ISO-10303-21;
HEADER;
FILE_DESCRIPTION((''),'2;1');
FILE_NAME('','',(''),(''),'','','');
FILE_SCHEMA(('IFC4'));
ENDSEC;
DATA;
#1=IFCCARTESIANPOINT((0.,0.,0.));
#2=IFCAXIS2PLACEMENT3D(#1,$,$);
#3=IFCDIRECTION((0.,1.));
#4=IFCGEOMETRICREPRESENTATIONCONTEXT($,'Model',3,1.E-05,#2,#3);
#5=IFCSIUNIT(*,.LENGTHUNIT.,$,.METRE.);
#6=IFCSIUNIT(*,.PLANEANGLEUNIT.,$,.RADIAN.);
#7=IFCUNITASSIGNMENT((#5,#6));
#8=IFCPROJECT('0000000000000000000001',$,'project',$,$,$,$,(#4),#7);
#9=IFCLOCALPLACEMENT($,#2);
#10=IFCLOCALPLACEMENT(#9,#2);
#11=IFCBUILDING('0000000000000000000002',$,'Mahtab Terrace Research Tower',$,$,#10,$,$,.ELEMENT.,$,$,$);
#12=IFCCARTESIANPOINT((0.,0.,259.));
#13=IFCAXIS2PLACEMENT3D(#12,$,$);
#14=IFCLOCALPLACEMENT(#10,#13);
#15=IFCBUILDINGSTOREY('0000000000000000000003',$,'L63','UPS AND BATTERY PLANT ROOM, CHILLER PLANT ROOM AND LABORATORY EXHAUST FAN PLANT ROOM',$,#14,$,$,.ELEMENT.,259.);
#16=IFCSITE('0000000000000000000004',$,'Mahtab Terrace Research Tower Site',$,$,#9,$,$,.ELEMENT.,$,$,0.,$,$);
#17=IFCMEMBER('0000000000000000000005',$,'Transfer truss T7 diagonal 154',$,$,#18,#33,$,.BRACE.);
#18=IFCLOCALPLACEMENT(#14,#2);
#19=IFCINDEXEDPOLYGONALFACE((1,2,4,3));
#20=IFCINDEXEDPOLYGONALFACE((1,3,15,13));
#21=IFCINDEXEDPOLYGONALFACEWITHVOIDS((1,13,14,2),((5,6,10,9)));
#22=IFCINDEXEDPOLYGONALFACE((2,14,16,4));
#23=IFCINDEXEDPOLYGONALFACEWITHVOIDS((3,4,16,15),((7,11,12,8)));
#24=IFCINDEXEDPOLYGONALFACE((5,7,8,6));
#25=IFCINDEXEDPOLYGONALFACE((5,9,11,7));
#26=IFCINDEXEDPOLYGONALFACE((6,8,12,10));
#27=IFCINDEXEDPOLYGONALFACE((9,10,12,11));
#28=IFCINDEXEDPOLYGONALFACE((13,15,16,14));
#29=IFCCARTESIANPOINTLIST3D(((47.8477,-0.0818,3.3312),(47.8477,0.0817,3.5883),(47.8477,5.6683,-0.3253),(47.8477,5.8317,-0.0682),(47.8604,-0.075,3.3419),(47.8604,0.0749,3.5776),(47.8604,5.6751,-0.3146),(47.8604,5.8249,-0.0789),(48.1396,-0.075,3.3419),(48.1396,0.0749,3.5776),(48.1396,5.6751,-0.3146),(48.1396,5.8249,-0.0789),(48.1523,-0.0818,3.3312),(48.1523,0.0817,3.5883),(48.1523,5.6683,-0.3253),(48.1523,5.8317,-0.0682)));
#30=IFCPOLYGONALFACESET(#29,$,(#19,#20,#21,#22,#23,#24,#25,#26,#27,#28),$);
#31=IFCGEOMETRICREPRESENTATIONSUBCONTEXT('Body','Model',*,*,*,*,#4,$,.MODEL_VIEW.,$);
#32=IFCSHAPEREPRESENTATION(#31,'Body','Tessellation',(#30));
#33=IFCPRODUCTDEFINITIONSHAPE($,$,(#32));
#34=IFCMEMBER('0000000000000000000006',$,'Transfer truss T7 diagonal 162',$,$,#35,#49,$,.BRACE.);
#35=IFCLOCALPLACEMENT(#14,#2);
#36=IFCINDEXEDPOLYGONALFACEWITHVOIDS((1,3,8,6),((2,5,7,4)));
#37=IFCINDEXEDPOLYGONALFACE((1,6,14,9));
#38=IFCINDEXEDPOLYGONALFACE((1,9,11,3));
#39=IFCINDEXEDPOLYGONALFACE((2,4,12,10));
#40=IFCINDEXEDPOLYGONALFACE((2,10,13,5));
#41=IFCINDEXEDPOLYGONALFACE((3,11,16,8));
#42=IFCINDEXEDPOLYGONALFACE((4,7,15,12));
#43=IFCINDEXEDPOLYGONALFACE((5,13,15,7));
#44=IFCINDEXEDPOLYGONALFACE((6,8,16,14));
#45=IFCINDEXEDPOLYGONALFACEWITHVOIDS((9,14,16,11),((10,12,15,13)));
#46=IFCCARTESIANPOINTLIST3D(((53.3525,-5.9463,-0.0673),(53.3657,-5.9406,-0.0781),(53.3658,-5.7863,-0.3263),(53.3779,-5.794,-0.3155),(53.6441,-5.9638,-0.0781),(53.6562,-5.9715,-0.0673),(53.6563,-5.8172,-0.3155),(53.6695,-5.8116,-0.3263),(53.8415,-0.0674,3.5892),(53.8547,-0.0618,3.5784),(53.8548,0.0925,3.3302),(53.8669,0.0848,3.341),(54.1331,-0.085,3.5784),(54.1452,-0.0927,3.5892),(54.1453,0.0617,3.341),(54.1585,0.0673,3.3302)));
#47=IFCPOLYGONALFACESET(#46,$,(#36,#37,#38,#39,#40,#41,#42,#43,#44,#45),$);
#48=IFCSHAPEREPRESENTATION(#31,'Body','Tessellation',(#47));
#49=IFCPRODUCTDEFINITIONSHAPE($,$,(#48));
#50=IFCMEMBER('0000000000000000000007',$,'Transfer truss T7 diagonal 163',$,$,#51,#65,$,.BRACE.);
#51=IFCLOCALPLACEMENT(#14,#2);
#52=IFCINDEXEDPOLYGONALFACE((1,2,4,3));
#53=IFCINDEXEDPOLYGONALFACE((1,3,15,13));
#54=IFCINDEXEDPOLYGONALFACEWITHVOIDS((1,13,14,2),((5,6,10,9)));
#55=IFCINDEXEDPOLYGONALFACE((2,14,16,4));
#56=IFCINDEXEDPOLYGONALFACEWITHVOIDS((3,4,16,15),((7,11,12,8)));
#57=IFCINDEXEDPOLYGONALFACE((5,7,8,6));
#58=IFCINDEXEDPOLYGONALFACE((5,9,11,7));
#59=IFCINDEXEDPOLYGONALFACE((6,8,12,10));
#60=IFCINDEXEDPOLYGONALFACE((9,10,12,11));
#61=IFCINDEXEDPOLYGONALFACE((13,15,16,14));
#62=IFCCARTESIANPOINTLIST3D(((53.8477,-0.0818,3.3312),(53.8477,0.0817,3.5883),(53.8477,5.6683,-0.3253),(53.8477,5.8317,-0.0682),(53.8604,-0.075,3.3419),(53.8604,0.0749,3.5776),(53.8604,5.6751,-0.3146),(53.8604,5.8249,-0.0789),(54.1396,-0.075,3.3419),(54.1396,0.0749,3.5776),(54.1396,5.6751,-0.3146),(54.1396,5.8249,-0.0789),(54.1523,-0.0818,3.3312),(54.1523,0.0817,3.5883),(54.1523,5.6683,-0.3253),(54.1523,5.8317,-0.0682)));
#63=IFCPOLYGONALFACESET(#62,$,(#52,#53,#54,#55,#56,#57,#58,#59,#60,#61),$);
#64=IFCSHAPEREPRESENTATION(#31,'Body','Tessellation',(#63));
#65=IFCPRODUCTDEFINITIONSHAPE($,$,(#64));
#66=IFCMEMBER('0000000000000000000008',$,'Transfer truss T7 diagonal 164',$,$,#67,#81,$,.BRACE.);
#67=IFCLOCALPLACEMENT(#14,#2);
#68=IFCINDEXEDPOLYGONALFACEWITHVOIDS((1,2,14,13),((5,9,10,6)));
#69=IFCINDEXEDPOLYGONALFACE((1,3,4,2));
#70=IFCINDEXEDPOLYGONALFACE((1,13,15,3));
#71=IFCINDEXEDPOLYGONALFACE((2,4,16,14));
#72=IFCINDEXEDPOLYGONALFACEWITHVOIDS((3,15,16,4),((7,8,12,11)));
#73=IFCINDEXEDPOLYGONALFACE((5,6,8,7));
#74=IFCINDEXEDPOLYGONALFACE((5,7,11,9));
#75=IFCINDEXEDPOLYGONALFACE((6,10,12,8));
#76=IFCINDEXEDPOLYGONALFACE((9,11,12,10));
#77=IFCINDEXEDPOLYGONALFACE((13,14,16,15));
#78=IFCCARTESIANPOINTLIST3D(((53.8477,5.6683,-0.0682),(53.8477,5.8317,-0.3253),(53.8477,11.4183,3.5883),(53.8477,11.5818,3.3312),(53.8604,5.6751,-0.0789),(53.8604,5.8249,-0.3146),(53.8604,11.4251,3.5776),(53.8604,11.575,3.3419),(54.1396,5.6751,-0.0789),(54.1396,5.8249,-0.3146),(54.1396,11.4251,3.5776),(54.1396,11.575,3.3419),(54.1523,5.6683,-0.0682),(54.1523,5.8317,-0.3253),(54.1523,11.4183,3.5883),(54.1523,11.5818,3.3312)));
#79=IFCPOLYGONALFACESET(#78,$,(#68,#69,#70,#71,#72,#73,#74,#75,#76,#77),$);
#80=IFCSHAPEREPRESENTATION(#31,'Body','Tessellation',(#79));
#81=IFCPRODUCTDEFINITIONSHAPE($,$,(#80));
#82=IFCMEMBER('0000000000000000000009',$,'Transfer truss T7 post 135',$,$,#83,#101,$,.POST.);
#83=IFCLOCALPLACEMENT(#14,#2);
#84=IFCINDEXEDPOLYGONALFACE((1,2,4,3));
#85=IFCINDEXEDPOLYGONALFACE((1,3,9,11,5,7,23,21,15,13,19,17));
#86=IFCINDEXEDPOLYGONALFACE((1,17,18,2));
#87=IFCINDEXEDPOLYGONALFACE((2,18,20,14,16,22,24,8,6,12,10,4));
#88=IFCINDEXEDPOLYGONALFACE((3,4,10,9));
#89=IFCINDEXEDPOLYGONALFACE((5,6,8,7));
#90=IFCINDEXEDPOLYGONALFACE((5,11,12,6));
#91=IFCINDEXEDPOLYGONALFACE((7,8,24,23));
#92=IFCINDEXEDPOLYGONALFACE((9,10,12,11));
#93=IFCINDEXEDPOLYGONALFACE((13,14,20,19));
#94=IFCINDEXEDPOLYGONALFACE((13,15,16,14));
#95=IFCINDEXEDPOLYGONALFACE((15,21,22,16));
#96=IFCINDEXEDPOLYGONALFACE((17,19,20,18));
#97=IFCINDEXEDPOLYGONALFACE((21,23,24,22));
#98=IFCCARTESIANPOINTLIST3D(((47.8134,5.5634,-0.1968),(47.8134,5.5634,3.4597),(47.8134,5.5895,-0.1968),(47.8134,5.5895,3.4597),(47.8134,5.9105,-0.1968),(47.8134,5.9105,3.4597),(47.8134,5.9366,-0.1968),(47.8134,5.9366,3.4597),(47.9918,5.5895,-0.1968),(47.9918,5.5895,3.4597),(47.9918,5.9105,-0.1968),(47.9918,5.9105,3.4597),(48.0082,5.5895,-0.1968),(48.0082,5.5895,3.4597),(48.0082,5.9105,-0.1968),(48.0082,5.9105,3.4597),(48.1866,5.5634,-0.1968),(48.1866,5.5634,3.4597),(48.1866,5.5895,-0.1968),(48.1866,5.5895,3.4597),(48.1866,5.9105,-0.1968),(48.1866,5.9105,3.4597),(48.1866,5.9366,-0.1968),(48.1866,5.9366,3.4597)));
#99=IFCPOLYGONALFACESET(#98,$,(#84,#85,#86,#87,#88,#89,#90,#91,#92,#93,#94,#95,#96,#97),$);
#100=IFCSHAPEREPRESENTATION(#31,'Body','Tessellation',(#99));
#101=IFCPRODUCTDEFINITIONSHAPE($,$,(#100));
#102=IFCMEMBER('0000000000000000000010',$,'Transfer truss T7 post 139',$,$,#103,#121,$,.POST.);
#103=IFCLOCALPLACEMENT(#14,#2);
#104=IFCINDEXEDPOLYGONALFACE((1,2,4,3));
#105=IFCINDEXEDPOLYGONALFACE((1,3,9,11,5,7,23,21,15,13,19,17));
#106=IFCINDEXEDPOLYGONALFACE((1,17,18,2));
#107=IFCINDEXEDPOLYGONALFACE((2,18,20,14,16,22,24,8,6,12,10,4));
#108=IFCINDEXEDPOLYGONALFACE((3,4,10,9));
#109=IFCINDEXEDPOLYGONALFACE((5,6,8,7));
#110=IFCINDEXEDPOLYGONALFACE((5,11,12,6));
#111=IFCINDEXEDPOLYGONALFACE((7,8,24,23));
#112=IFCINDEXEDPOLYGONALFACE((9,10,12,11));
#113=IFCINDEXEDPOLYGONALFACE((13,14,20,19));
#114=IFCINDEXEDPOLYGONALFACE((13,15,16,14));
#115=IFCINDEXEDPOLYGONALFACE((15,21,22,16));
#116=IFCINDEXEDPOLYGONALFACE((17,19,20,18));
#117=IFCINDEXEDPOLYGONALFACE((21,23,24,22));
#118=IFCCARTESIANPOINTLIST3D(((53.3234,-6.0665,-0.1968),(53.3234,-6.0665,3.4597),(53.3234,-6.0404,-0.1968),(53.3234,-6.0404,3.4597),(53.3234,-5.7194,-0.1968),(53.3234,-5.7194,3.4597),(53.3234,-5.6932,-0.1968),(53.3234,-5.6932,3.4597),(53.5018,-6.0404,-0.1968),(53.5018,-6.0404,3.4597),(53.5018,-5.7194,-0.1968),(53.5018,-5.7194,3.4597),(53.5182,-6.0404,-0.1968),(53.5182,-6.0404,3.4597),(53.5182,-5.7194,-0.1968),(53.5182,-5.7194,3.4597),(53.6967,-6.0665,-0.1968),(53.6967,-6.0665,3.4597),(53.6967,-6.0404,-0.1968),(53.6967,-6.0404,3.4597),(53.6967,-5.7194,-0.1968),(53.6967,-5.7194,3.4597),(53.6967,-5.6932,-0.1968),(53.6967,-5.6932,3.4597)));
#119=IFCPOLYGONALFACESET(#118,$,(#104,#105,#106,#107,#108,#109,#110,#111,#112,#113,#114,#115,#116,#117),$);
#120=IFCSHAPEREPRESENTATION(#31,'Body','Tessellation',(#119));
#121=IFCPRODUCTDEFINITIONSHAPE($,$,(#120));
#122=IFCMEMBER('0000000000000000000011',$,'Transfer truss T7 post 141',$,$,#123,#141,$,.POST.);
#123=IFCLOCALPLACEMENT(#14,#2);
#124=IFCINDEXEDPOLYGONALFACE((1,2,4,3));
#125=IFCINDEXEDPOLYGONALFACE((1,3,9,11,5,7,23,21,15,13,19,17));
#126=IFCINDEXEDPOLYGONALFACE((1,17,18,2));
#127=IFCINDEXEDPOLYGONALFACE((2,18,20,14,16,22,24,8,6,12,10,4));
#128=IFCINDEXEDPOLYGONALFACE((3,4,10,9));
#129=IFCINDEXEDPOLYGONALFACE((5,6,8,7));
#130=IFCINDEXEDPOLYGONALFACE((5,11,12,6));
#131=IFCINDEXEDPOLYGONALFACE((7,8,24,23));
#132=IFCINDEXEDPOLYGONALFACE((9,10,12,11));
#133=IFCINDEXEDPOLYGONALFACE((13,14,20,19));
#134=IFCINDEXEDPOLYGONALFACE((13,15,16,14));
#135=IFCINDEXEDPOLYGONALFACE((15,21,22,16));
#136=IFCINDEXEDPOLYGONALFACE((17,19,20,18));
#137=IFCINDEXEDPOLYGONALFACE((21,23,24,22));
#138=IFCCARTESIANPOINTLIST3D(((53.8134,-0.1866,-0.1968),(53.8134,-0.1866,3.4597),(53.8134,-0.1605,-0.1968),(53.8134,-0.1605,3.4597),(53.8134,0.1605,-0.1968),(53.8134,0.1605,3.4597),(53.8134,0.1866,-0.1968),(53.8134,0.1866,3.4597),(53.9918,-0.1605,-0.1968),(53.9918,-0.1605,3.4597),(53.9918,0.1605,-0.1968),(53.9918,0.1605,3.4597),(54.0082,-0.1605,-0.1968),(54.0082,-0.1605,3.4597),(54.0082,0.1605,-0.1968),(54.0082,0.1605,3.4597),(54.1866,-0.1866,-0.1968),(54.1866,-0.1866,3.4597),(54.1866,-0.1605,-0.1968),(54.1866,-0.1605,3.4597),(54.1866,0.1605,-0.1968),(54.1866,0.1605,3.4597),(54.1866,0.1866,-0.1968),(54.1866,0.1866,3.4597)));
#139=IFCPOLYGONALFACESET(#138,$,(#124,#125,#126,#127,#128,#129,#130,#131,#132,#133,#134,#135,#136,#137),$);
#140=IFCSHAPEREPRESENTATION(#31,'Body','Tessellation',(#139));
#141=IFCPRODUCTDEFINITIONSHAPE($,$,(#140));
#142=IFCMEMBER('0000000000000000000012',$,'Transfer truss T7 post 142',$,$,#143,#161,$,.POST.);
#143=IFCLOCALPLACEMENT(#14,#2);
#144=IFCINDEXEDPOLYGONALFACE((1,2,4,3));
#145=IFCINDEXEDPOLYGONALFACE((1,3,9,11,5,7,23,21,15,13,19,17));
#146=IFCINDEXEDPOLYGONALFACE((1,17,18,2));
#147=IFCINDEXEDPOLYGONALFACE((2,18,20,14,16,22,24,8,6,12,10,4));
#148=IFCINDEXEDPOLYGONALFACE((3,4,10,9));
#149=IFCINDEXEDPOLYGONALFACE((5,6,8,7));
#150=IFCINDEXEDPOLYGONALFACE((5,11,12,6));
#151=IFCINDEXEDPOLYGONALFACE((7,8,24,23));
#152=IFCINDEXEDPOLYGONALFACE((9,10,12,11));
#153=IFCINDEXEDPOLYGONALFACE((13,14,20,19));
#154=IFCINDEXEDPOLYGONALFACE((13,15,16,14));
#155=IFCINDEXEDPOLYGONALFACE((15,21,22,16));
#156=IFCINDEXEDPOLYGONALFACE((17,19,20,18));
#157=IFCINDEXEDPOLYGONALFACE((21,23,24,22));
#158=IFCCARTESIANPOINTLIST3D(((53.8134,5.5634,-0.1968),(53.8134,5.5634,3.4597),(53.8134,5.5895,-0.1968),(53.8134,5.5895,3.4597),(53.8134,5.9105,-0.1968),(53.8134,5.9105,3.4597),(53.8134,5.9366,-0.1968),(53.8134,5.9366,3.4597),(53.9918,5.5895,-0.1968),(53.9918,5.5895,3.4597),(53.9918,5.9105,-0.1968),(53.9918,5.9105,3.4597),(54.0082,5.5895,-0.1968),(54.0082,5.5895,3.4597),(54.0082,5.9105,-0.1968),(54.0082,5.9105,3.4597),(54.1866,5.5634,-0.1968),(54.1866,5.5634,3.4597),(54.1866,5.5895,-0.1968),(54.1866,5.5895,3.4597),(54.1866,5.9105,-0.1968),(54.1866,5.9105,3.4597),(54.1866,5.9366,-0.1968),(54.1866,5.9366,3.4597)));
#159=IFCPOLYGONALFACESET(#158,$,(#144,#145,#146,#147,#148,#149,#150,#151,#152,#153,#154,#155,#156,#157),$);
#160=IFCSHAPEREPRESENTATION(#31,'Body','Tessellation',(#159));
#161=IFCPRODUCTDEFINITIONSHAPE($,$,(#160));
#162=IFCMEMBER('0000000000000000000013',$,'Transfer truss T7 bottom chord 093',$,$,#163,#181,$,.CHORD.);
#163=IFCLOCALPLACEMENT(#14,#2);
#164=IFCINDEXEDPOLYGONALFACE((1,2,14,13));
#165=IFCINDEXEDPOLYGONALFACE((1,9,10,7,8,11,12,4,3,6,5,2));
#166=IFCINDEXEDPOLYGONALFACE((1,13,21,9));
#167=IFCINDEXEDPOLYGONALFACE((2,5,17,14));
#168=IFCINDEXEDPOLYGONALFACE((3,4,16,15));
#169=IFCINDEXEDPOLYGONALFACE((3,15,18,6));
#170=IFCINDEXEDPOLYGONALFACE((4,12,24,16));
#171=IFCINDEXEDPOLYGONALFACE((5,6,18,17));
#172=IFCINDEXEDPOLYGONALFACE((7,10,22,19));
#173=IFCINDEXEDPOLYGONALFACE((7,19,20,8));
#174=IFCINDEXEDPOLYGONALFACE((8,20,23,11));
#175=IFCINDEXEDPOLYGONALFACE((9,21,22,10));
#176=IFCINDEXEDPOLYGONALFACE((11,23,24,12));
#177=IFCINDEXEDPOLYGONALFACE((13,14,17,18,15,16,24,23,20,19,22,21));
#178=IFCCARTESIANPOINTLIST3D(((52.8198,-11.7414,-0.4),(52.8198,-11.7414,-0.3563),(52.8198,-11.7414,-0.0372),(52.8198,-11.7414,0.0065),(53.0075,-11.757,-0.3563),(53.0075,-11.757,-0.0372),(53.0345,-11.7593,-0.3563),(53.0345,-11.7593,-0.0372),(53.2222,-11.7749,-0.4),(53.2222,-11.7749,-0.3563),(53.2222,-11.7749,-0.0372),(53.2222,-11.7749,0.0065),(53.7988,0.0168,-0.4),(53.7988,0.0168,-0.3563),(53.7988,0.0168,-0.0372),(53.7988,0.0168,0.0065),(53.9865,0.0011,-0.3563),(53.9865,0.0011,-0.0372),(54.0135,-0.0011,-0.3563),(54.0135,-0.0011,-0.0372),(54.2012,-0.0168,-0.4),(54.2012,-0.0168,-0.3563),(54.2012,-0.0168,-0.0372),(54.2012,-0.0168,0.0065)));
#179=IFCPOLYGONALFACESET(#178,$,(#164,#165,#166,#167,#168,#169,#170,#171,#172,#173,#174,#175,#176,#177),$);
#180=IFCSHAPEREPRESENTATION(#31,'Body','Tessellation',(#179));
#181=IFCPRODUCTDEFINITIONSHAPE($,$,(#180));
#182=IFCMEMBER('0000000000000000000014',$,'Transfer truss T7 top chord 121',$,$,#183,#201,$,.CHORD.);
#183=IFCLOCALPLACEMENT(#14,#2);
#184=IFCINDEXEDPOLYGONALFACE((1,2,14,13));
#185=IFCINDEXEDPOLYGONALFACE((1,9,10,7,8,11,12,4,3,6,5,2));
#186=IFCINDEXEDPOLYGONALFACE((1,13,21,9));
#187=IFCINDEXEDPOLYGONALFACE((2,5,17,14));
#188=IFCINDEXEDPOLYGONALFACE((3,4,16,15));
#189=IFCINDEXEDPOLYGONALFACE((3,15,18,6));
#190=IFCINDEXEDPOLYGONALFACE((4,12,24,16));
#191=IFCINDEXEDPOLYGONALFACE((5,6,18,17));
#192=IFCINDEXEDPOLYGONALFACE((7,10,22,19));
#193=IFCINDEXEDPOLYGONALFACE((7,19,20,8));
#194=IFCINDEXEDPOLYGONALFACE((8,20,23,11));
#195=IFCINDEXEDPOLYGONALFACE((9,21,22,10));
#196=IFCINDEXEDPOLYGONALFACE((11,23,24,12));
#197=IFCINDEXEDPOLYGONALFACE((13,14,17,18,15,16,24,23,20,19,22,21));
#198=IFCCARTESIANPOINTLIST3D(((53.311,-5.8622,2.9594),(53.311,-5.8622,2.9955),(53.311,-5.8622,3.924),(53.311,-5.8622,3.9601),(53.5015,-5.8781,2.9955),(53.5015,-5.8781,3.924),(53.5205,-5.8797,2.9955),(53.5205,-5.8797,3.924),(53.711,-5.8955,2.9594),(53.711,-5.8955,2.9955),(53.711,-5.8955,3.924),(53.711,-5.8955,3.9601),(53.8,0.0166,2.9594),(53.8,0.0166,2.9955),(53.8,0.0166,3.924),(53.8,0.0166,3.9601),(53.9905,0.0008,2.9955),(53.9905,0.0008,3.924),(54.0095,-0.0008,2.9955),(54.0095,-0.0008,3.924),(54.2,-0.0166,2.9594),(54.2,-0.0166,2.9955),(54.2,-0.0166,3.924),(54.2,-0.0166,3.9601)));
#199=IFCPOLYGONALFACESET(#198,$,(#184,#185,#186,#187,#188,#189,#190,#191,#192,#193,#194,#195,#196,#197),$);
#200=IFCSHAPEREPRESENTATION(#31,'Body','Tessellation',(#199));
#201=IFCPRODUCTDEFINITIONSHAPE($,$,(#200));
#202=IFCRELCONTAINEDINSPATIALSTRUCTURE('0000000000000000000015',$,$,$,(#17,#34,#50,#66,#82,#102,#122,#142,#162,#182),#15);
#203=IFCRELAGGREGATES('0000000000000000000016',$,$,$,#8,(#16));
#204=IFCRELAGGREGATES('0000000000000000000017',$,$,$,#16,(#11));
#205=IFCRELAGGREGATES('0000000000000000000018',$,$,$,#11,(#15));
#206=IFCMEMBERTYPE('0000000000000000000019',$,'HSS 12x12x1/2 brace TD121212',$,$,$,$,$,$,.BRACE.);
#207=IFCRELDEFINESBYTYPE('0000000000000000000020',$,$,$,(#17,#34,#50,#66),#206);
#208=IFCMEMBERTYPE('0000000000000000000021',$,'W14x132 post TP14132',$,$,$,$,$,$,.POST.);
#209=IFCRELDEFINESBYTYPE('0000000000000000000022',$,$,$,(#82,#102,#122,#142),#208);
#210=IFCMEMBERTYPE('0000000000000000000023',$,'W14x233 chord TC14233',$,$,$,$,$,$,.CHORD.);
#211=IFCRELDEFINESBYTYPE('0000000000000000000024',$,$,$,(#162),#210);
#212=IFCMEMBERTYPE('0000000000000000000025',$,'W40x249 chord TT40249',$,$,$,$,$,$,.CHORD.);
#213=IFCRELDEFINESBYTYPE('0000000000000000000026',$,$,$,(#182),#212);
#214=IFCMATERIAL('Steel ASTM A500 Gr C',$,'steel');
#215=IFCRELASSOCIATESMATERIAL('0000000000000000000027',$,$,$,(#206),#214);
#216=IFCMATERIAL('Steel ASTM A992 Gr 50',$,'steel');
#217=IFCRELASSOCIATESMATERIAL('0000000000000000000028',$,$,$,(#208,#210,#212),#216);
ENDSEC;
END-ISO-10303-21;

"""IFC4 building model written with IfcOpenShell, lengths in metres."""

from ifc_helpers import new_model, si_unit, direction, frame, origin, origin_2d, place, context, subcontext, project, spatial, hollow_rectangle, i_section, extrude, material, material_profile, profile_set, type_object, element, save


model = new_model("IFC4")

# Units and contexts
model_context = context("Model", 3, precision=1e-05, world=origin(), true_north=direction((0.0, 1.0)))
body_context = subcontext(model_context, "Body", "Model", "MODEL_VIEW")
ifc_project = project(units=[si_unit("LENGTHUNIT", "METRE"), si_unit("PLANEANGLEUNIT", "RADIAN")], contexts=[model_context])

# Site, building, storey
site_placement = place(None, origin())
site = spatial("IfcSite", under=ifc_project, at=site_placement, Name="Mahtab Terrace Research Tower Site", CompositionType="ELEMENT", RefElevation=0.0)
building_placement = place(site_placement, origin())
building = spatial("IfcBuilding", under=site, at=building_placement, Name="Mahtab Terrace Research Tower", CompositionType="ELEMENT")
storey_placement = place(building_placement, frame((0.0, 0.0, 259.0)))
storey = spatial("IfcBuildingStorey", under=building, at=storey_placement, Name="L63", Description="UPS AND BATTERY PLANT ROOM, CHILLER PLANT ROOM AND LABORATORY EXHAUST FAN PLANT ROOM", CompositionType="ELEMENT", Elevation=259.0)

# Members
ifc_material_1 = material(Name="Steel ASTM A500 Gr C", Category="steel")
ifc_material_profile_1 = material_profile(ifc_material_1, hollow_rectangle(XDim=0.3047, YDim=0.3047, WallThickness=0.0127, at=origin_2d()), Name="HSS12X12X1/2")
ifc_profile_set_1 = profile_set([ifc_material_profile_1], Name="Steel ASTM A500 Gr C")
member_type_1 = type_object("IfcMemberType", Name="HSS 12x12x1/2 brace TD121212", PredefinedType="BRACE", material=ifc_profile_set_1)
member_1_placement = place(storey_placement, frame((48.0, 5.75, -0.1968), z_axis=(0.0, -0.843834, 0.536604), x_axis=(1.0, 0.0, 0.0)))
element("IfcMember", 1, at=member_1_placement, inside=storey, type_object=member_type_1, Name="Transfer truss T7 diagonal 154", PredefinedType="BRACE", context=body_context, shape_type="SweptSolid", body=[
    extrude(hollow_rectangle(XDim=0.3047, YDim=0.3047, WallThickness=0.0127, at=origin_2d()), origin(), (0.0, 0.0, 1.0), 6.8142),
])
member_2_placement = place(storey_placement, frame((53.511, -5.8789, -0.1968), z_axis=(0.070458, 0.847043, 0.526834), x_axis=(-0.996558, 0.082895, 0.0)))
element("IfcMember", 2, at=member_2_placement, inside=storey, type_object=member_type_1, Name="Transfer truss T7 diagonal 162", PredefinedType="BRACE", context=body_context, shape_type="SweptSolid", body=[
    extrude(hollow_rectangle(XDim=0.3047, YDim=0.3047, WallThickness=0.0127, at=origin_2d()), origin(), (0.0, 0.0, 1.0), 6.9404),
])
for number, where, z_axis, x_axis, name in (
    (3, (54.0, 5.75, -0.1968), (0.0, -0.843834, 0.536604), (1.0, 0.0, 0.0), "Transfer truss T7 diagonal 163"),
    (4, (54.0, 5.75, -0.1968), (0.0, 0.843834, 0.536604), (-1.0, 0.0, 0.0), "Transfer truss T7 diagonal 164"),
):
    element("IfcMember", number, at=place(storey_placement, frame(where, z_axis=z_axis, x_axis=x_axis)), inside=storey, type_object=member_type_1, Name=name, PredefinedType="BRACE", context=body_context, shape_type="SweptSolid", body=[
        extrude(hollow_rectangle(XDim=0.3047, YDim=0.3047, WallThickness=0.0127, at=origin_2d()), origin(), (0.0, 0.0, 1.0), 6.8142),
    ])
ifc_material_2 = material(Name="Steel ASTM A992 Gr 50", Category="steel")
ifc_material_profile_2 = material_profile(ifc_material_2, i_section(OverallWidth=0.3733, OverallDepth=0.3733, WebThickness=0.0164, FlangeThickness=0.0261, at=origin_2d()), Name="W14X132")
ifc_profile_set_2 = profile_set([ifc_material_profile_2], Name="Steel ASTM A992 Gr 50")
member_type_2 = type_object("IfcMemberType", Name="W14x132 post TP14132", PredefinedType="POST", material=ifc_profile_set_2)
for number, where, z_axis, x_axis, name in (
    (5, (48.0, 5.75, -0.1968), (0.0, 0.0, 1.0), (1.0, 0.0, 0.0), "Transfer truss T7 post 135"),
    (6, (53.51, -5.8799, -0.1968), (0.0, 0.0, 1.0), (1.0, 0.0, 0.0), "Transfer truss T7 post 139"),
    (7, (54.0, 0.0, -0.1968), (0.0, 0.0, 1.0), (1.0, 0.0, 0.0), "Transfer truss T7 post 141"),
    (8, (54.0, 5.75, -0.1968), (0.0, 0.0, 1.0), (1.0, 0.0, 0.0), "Transfer truss T7 post 142"),
):
    element("IfcMember", number, at=place(storey_placement, frame(where, z_axis=z_axis, x_axis=x_axis)), inside=storey, type_object=member_type_2, Name=name, PredefinedType="POST", context=body_context, shape_type="SweptSolid", body=[
        extrude(i_section(OverallWidth=0.3733, OverallDepth=0.3733, WebThickness=0.0164, FlangeThickness=0.0261, at=origin_2d()), origin(), (0.0, 0.0, 1.0), 3.6565),
    ])
ifc_material_profile_3 = material_profile(ifc_material_2, i_section(OverallWidth=0.4038, OverallDepth=0.4065, WebThickness=0.0271, FlangeThickness=0.0437, at=origin_2d()), Name="W14X233")
ifc_profile_set_3 = profile_set([ifc_material_profile_3], Name="Steel ASTM A992 Gr 50")
member_type_3 = type_object("IfcMemberType", Name="W14x233 chord TC14233", PredefinedType="CHORD", material=ifc_profile_set_3)
member_3_placement = place(storey_placement, frame((54.0, 0.0, -0.1968), z_axis=(-0.082975, -0.996552, 0.0), x_axis=(0.996552, -0.082975, 0.0)))
element("IfcMember", 9, at=member_3_placement, inside=storey, type_object=member_type_3, Name="Transfer truss T7 bottom chord 093", PredefinedType="CHORD", context=body_context, shape_type="SweptSolid", body=[
    extrude(i_section(OverallWidth=0.4038, OverallDepth=0.4065, WebThickness=0.0271, FlangeThickness=0.0437, at=origin_2d()), origin(), (0.0, 0.0, 1.0), 11.7988),
])
ifc_material_profile_4 = material_profile(ifc_material_2, i_section(OverallWidth=0.4014, OverallDepth=1.0007, WebThickness=0.019, FlangeThickness=0.0361, at=origin_2d()), Name="W40X249")
ifc_profile_set_4 = profile_set([ifc_material_profile_4], Name="Steel ASTM A992 Gr 50")
member_type_4 = type_object("IfcMemberType", Name="W40x249 chord TT40249", PredefinedType="CHORD", material=ifc_profile_set_4)
member_4_placement = place(storey_placement, frame((54.0, 0.0, 3.4597), z_axis=(-0.082895, -0.996558, 0.0), x_axis=(0.996558, -0.082895, 0.0)))
element("IfcMember", 10, at=member_4_placement, inside=storey, type_object=member_type_4, Name="Transfer truss T7 top chord 121", PredefinedType="CHORD", context=body_context, shape_type="SweptSolid", body=[
    extrude(i_section(OverallWidth=0.4014, OverallDepth=1.0007, WebThickness=0.019, FlangeThickness=0.0361, at=origin_2d()), origin(), (0.0, 0.0, 1.0), 5.8992),
])

save(model, "model.ifc")
